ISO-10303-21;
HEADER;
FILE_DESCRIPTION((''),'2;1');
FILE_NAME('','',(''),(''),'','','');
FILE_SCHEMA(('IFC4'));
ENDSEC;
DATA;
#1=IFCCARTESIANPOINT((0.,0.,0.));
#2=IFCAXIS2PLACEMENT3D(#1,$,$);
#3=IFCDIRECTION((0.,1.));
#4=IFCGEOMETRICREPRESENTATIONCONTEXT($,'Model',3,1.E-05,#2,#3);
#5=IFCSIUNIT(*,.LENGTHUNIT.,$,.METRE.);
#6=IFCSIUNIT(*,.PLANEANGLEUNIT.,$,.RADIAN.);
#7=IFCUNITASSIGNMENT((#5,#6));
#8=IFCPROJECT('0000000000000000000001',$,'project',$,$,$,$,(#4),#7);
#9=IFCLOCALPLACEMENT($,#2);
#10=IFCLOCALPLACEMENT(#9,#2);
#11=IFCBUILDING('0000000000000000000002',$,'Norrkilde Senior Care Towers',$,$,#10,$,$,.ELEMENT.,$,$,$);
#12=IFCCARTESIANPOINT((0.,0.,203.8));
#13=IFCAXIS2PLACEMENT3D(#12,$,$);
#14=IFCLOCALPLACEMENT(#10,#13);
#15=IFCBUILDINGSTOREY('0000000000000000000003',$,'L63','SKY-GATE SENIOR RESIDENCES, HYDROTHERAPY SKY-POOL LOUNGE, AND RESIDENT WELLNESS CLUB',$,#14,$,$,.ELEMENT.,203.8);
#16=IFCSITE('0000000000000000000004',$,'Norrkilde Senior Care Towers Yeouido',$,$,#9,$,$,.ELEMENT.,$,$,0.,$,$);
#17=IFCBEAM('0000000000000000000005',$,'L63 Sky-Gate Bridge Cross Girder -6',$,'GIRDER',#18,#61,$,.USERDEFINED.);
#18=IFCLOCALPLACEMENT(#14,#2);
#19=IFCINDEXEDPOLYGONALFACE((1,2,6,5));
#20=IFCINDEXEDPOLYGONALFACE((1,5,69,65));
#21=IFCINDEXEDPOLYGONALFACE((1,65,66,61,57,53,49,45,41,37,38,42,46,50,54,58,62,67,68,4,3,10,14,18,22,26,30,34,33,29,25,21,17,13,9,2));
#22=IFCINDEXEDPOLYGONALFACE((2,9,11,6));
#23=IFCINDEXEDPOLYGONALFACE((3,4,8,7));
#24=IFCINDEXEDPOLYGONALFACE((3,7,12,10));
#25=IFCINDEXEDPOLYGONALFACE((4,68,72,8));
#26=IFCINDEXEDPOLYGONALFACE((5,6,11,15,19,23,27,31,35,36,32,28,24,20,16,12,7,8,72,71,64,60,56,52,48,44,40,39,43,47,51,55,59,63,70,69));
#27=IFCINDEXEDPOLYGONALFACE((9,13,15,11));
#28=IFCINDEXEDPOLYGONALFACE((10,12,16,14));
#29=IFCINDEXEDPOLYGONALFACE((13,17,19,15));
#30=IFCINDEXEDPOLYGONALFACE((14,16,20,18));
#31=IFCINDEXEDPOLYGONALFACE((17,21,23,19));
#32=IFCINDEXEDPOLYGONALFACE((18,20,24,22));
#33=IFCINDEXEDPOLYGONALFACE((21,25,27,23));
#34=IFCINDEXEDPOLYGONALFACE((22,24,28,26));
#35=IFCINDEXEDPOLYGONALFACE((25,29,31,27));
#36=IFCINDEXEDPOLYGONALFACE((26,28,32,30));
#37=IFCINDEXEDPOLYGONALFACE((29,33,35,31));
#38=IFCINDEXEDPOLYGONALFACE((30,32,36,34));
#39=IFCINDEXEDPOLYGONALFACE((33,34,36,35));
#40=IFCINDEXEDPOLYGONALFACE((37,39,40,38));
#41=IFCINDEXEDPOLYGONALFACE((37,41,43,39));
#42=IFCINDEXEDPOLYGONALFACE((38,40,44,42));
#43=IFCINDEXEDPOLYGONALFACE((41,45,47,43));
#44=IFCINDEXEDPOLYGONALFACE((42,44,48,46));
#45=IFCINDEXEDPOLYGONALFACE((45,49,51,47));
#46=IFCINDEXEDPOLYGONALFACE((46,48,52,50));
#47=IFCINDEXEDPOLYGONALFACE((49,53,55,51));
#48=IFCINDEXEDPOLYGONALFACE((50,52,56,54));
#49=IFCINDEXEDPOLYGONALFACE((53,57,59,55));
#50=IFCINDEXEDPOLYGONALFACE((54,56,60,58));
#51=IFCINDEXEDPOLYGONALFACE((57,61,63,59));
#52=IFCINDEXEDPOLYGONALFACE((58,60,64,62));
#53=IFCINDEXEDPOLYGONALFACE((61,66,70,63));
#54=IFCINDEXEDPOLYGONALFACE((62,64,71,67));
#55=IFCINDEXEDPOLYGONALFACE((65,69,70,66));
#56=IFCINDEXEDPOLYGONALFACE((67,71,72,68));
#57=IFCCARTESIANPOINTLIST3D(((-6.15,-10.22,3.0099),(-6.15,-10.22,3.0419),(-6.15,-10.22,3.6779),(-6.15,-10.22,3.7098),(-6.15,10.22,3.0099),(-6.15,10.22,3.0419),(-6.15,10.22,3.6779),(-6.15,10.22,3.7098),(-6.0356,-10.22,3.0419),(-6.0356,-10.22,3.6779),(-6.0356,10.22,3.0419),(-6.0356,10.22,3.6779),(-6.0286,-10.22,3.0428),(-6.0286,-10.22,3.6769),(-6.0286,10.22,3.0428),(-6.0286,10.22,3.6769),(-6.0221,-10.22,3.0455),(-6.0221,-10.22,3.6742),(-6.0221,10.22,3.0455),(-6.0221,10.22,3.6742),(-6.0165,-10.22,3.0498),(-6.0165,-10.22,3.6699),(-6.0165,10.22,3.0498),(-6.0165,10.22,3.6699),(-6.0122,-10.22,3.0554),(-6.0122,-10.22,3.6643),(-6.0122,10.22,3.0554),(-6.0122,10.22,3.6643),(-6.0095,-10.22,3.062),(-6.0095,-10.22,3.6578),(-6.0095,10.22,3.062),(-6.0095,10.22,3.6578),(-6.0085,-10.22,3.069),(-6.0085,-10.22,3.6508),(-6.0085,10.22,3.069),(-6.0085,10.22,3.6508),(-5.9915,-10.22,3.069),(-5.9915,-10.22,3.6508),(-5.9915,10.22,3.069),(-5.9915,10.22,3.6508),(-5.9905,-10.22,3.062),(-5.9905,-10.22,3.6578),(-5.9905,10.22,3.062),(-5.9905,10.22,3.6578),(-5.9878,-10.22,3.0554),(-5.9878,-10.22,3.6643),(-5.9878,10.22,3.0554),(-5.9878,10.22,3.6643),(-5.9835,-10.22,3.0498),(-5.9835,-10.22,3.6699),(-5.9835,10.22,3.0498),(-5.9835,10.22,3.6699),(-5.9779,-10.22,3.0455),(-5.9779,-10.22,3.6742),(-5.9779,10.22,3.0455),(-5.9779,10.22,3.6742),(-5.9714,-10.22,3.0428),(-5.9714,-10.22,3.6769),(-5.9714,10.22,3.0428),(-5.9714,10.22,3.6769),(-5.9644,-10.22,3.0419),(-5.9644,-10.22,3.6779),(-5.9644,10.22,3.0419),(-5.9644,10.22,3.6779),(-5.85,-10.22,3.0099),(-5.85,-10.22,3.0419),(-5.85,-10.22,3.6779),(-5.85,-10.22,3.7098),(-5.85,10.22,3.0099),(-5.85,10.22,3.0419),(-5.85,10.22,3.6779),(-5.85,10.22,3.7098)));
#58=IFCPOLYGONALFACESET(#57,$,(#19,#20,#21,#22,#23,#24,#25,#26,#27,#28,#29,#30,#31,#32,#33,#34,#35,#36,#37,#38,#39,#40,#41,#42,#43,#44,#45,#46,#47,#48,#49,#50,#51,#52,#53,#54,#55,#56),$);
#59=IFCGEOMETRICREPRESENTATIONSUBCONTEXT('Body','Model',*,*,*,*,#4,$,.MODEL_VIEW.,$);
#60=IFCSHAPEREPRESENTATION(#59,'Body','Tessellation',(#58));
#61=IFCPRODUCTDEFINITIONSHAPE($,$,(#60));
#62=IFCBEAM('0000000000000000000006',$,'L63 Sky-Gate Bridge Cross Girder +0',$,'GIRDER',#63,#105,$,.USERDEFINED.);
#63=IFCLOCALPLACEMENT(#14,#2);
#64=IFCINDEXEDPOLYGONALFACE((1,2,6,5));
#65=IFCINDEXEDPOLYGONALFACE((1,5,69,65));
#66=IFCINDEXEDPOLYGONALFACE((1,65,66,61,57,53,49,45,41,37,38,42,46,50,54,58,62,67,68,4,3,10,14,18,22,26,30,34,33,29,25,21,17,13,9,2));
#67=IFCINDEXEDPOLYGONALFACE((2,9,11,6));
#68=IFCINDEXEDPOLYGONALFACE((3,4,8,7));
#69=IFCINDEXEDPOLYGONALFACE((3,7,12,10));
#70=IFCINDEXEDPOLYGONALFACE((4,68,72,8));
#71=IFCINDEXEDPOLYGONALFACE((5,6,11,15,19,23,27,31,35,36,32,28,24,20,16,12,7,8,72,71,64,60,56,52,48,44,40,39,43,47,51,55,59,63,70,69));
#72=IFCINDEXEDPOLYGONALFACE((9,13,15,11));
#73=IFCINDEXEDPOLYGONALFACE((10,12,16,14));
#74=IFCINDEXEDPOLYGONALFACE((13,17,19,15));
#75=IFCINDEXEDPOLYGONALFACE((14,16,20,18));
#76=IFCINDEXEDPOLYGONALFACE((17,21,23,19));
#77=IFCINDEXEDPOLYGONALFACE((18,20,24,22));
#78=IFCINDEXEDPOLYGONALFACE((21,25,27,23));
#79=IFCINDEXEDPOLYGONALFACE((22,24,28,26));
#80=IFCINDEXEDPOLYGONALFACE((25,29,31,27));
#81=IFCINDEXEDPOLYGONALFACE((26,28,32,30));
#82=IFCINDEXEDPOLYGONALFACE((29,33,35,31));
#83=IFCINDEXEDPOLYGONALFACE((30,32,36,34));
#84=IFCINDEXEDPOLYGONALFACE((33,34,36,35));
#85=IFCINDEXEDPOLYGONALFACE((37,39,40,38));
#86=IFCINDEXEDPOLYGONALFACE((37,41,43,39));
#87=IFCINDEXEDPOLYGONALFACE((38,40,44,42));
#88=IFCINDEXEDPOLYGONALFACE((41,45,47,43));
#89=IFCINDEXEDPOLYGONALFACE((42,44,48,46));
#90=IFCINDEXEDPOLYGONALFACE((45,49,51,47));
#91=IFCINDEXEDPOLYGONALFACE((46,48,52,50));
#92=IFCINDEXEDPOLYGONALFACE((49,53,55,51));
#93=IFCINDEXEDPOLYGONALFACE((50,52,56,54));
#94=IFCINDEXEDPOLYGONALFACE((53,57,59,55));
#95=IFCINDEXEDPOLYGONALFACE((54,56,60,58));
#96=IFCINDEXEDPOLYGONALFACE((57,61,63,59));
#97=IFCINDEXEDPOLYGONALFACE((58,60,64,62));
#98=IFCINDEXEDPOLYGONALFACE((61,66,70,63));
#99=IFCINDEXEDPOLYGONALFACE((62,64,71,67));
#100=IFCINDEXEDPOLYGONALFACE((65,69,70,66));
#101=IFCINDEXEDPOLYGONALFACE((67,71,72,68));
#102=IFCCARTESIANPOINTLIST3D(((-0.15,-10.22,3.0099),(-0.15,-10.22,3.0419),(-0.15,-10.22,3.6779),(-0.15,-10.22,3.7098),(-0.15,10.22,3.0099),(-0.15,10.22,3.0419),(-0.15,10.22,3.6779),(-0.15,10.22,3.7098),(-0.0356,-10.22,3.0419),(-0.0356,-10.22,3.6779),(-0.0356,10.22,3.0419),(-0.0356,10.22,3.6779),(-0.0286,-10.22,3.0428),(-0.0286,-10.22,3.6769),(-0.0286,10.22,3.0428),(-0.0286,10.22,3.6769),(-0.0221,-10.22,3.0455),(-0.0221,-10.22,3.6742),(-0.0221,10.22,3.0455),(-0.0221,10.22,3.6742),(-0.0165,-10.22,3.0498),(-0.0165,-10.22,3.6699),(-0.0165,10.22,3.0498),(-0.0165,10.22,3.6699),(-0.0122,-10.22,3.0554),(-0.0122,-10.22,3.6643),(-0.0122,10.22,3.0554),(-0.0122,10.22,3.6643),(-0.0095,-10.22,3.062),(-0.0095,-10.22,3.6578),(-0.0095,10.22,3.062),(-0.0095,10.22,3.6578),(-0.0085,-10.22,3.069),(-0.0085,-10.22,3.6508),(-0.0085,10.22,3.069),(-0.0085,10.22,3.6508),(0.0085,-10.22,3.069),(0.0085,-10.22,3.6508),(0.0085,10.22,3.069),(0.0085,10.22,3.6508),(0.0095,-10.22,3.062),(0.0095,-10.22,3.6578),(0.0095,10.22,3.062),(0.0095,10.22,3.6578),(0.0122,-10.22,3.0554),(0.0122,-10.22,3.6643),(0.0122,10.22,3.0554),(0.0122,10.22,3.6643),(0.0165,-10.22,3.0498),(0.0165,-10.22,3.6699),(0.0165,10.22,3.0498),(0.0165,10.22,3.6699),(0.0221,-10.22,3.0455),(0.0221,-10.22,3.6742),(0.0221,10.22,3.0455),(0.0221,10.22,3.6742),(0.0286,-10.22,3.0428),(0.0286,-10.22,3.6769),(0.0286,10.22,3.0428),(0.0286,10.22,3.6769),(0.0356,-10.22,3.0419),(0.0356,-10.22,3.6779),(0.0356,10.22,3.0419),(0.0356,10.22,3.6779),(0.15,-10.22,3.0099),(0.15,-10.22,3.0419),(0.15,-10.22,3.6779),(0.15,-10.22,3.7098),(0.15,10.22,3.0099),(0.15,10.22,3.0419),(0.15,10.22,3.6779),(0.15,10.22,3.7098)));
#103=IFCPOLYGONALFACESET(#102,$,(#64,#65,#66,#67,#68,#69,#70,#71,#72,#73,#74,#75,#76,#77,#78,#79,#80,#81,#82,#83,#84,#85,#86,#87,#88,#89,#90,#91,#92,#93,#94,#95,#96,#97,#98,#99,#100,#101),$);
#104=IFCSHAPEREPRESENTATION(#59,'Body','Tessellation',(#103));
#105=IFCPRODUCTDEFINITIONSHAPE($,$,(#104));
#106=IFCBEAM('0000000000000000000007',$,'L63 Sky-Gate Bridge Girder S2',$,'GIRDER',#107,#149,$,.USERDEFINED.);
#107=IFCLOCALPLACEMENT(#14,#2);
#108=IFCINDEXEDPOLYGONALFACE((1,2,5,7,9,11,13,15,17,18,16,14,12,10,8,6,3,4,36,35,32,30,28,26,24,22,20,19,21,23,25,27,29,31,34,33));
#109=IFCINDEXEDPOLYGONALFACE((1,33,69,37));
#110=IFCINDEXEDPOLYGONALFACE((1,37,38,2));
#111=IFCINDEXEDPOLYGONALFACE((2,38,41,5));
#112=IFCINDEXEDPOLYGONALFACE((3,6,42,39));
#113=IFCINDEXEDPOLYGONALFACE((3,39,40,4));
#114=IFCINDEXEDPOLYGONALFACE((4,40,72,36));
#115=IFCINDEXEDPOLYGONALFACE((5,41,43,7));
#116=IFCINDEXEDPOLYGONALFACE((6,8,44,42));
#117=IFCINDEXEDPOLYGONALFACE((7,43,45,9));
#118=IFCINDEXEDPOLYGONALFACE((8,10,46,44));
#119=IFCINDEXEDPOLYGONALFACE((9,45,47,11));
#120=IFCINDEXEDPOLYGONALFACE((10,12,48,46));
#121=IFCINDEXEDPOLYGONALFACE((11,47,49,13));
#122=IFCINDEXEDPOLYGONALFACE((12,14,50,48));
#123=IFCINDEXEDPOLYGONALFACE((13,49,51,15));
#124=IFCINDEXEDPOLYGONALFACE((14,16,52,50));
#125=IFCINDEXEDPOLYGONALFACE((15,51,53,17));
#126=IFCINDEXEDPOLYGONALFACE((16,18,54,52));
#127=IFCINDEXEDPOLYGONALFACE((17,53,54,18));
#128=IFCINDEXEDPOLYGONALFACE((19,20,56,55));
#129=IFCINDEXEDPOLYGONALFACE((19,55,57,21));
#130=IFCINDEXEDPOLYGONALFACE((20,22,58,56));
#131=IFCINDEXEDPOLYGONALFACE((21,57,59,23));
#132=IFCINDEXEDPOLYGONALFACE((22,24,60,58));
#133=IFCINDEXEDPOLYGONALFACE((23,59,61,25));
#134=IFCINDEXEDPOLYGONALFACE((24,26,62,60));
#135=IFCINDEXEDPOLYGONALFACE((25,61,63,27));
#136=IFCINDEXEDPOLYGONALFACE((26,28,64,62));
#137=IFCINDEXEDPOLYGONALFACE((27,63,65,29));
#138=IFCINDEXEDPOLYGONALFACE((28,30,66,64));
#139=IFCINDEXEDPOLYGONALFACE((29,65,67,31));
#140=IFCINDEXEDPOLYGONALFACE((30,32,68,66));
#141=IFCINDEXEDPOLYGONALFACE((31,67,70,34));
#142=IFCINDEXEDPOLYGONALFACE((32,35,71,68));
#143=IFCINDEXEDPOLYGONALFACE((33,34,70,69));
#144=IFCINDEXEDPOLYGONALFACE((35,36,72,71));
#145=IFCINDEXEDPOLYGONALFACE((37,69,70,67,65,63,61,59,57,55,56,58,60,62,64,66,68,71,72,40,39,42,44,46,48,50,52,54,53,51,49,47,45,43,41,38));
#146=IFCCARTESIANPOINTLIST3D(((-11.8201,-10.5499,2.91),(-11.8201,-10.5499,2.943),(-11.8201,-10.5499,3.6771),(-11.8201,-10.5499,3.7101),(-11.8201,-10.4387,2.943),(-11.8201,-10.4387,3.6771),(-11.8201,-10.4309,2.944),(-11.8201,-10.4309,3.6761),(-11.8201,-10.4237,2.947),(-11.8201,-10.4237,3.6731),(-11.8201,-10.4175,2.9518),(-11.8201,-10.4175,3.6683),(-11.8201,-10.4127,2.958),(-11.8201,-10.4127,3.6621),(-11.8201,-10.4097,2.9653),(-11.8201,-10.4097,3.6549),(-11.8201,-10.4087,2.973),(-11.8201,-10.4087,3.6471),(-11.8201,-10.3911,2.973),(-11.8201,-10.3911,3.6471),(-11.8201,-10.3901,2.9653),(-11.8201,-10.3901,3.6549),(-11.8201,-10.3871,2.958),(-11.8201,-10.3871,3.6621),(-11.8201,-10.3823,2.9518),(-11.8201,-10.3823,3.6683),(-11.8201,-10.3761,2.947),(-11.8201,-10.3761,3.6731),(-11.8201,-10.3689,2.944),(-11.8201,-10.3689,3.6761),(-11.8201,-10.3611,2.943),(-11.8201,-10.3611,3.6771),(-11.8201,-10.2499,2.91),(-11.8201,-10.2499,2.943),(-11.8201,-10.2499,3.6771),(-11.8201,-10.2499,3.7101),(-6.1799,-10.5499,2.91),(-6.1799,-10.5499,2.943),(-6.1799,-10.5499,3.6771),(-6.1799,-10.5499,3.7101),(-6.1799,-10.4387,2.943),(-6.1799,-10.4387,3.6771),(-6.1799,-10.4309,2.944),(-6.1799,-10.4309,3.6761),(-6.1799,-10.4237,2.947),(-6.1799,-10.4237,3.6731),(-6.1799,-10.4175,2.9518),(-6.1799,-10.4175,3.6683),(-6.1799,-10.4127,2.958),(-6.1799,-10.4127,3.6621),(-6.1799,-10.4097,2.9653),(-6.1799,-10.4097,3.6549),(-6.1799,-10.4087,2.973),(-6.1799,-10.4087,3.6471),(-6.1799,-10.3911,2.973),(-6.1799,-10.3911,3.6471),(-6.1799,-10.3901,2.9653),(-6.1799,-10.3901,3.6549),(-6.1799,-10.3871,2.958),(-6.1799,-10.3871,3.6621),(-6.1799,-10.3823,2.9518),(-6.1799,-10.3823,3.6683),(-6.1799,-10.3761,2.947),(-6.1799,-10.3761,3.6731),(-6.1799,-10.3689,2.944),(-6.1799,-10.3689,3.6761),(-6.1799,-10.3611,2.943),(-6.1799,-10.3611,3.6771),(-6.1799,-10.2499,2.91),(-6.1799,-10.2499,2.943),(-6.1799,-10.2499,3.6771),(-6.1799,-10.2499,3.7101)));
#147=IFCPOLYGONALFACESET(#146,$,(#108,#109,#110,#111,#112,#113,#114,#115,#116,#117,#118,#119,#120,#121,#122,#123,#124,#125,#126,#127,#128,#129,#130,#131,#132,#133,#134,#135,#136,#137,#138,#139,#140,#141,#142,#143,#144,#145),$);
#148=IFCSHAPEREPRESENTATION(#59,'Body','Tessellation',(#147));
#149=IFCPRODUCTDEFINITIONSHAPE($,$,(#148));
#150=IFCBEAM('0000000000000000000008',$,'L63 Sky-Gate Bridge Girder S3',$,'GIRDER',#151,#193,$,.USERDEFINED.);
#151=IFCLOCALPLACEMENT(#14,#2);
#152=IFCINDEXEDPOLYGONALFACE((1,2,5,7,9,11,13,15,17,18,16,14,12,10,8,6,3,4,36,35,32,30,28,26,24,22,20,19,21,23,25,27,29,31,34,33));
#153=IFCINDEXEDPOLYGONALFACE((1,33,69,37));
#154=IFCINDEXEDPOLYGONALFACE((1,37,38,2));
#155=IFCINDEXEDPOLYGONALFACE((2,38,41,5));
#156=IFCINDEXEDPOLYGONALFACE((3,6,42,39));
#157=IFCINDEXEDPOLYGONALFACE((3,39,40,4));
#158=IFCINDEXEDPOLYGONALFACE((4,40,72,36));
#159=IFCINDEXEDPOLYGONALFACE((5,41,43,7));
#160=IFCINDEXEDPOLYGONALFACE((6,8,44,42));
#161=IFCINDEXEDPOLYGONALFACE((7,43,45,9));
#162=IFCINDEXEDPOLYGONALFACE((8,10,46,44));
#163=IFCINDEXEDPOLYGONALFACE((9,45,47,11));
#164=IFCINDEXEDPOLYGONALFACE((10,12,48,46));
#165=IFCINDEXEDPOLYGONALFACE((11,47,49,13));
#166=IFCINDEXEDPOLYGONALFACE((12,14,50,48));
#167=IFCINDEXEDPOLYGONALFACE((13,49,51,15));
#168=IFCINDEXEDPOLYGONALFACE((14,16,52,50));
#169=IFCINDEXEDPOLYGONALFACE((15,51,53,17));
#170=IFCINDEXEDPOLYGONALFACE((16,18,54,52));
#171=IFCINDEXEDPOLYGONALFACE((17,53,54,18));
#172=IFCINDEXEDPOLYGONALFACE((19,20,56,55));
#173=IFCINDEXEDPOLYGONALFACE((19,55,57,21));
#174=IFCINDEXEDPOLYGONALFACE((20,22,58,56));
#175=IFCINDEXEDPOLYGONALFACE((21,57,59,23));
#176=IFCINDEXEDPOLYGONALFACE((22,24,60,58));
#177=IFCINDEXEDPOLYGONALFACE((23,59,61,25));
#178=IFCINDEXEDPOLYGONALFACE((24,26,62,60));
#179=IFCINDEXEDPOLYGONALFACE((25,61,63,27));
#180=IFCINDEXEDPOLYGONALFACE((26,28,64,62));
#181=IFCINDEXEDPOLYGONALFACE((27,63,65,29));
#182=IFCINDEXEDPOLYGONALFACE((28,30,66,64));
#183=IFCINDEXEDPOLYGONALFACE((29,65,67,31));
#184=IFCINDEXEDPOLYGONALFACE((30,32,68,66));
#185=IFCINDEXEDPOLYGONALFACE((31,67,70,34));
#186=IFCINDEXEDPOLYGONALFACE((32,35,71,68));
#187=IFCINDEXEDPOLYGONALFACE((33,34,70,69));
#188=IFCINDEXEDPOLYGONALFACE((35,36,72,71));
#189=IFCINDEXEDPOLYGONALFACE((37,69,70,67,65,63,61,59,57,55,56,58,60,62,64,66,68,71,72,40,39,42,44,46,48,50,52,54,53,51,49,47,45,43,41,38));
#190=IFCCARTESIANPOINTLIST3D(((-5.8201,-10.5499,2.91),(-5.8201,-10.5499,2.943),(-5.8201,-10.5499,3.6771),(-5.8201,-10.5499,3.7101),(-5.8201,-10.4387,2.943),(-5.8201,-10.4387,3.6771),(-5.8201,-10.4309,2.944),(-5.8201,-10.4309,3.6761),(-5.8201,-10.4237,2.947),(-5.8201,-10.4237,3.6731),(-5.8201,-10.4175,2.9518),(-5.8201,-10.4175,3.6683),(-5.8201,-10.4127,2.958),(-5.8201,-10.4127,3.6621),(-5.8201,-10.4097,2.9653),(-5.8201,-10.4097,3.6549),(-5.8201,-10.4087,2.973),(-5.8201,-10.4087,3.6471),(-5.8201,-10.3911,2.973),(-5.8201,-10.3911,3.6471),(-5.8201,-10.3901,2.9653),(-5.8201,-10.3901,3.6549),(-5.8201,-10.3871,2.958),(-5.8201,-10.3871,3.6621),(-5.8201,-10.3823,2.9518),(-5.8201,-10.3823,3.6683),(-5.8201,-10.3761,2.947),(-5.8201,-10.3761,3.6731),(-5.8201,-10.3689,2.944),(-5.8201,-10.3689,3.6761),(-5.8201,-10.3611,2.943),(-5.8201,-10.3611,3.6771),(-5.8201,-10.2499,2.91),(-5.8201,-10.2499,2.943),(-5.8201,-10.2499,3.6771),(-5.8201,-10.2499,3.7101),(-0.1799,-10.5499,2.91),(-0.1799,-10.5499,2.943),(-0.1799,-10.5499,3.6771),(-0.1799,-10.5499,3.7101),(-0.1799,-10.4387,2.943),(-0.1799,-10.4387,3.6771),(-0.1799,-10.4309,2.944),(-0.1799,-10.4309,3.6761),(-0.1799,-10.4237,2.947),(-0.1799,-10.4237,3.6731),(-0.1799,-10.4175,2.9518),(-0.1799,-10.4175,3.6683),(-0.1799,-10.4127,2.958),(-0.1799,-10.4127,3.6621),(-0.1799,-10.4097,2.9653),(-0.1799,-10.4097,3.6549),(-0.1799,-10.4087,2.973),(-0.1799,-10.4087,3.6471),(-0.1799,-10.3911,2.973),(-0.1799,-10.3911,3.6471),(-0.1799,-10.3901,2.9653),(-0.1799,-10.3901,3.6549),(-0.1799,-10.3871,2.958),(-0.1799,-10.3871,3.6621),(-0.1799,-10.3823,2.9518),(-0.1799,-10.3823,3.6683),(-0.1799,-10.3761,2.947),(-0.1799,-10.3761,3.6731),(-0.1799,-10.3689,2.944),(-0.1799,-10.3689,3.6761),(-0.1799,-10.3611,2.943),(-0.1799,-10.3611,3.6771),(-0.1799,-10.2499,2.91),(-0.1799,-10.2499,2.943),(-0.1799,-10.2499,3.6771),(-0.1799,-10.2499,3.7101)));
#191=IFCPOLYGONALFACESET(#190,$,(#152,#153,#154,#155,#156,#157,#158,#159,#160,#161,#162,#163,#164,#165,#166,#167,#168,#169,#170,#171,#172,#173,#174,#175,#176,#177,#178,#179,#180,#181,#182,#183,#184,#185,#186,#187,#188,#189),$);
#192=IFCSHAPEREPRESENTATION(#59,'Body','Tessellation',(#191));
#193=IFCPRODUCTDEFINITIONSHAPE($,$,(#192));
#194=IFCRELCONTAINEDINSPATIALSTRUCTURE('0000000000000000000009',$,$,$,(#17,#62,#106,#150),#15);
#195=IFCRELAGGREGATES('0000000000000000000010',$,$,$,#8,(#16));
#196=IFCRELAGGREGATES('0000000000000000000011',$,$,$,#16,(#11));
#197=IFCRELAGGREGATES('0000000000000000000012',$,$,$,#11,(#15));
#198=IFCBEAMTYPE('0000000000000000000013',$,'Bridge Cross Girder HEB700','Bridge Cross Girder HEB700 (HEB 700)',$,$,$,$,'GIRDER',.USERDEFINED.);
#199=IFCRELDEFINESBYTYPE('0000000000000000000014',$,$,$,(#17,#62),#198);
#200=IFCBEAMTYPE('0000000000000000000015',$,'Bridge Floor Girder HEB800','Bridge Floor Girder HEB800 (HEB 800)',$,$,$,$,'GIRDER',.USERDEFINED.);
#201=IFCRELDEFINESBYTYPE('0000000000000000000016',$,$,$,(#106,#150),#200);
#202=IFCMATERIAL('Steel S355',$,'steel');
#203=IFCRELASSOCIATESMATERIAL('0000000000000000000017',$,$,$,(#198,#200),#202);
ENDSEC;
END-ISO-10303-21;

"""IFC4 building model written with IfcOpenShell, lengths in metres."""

from ifc_helpers import new_model, si_unit, direction, frame, origin, origin_2d, place, context, subcontext, project, spatial, i_section, extrude, source, transform, mapped, material, material_profile, profile_set, type_object, type_shapes, element, save


model = new_model("IFC4")

# Units and contexts
model_context = context("Model", 3, precision=1e-05, world=origin(), true_north=direction((0.0, 1.0)))
body_context = subcontext(model_context, "Body", "Model", "MODEL_VIEW")
ifc_project = project(units=[si_unit("LENGTHUNIT", "METRE"), si_unit("PLANEANGLEUNIT", "RADIAN")], contexts=[model_context])

# Site, building, storey
site_placement = place(None, origin())
site = spatial("IfcSite", under=ifc_project, at=site_placement, Name="Norrkilde Senior Care Towers Yeouido", CompositionType="ELEMENT", RefElevation=0.0)
building_placement = place(site_placement, origin())
building = spatial("IfcBuilding", under=site, at=building_placement, Name="Norrkilde Senior Care Towers", CompositionType="ELEMENT")
storey_placement = place(building_placement, frame((0.0, 0.0, 203.8)))
storey = spatial("IfcBuildingStorey", under=building, at=storey_placement, Name="L63", Description="SKY-GATE SENIOR RESIDENCES, HYDROTHERAPY SKY-POOL LOUNGE, AND RESIDENT WELLNESS CLUB", CompositionType="ELEMENT", Elevation=203.8)

# Shared definitions
ifc_material_1 = material(Name="Steel S355", Category="steel")

# Beams
ifc_material_profile_1 = material_profile(ifc_material_1, i_section(OverallWidth=0.3, OverallDepth=0.7, WebThickness=0.0171, FlangeThickness=0.032, FilletRadius=0.0271, at=origin_2d()), Name="HEB 700")
ifc_profile_set_1 = profile_set([ifc_material_profile_1], Name="Steel S355")
beam_type_1 = type_object("IfcBeamType", Name="Bridge Cross Girder HEB700", Description="Bridge Cross Girder HEB700 (HEB 700)", ElementType="GIRDER", PredefinedType="USERDEFINED", material=ifc_profile_set_1)
shared_shape_1 = source(origin(), body_context, "Body", "SweptSolid", [
    extrude(i_section(OverallWidth=0.3, OverallDepth=0.7, WebThickness=0.0171, FlangeThickness=0.032, FilletRadius=0.0271, at=origin_2d()), origin(), (0.0, 0.0, 1.0), 20.4399),
])
for number, where, z_axis, x_axis, name in (
    (1, (-6.0, -10.22, 3.3599), (0.0, 1.0, 0.0), (-1.0, 0.0, 0.0), "L63 Sky-Gate Bridge Cross Girder -6"),
    (2, (0.0, -10.22, 3.3599), (0.0, 1.0, 0.0), (-1.0, 0.0, 0.0), "L63 Sky-Gate Bridge Cross Girder +0"),
):
    element("IfcBeam", number, at=place(storey_placement, frame(where, z_axis=z_axis, x_axis=x_axis)), inside=storey, type_object=beam_type_1, Name=name, ObjectType="GIRDER", PredefinedType="USERDEFINED", context=body_context, shape_type="MappedRepresentation", body=[
        mapped(shared_shape_1, transform((0.0, 0.0, 0.0), x_axis=(1.0, 0.0, 0.0), y_axis=(0.0, 1.0, 0.0), z_axis=(0.0, 0.0, 1.0), scale=1.0)),
    ])
ifc_material_profile_2 = material_profile(ifc_material_1, i_section(OverallWidth=0.3, OverallDepth=0.8, WebThickness=0.0176, FlangeThickness=0.033, FilletRadius=0.03, at=origin_2d()), Name="HEB 800")
ifc_profile_set_2 = profile_set([ifc_material_profile_2], Name="Steel S355")
beam_type_2 = type_object("IfcBeamType", Name="Bridge Floor Girder HEB800", Description="Bridge Floor Girder HEB800 (HEB 800)", ElementType="GIRDER", PredefinedType="USERDEFINED", material=ifc_profile_set_2)
shared_shape_2 = source(origin(), body_context, "Body", "SweptSolid", [
    extrude(i_section(OverallWidth=0.3, OverallDepth=0.8, WebThickness=0.0176, FlangeThickness=0.033, FilletRadius=0.03, at=origin_2d()), origin(), (0.0, 0.0, 1.0), 5.6401),
])
type_shapes(beam_type_2, [shared_shape_2])
for number, where, z_axis, x_axis, name in (
    (3, (-11.8201, -10.3999, 3.3101), (1.0, 0.0, 0.0), (0.0, 1.0, 0.0), "L63 Sky-Gate Bridge Girder S2"),
    (4, (-5.8201, -10.3999, 3.3101), (1.0, 0.0, 0.0), (0.0, 1.0, 0.0), "L63 Sky-Gate Bridge Girder S3"),
):
    element("IfcBeam", number, at=place(storey_placement, frame(where, z_axis=z_axis, x_axis=x_axis)), inside=storey, type_object=beam_type_2, Name=name, ObjectType="GIRDER", PredefinedType="USERDEFINED", context=body_context, shape_type="MappedRepresentation", body=[
        mapped(shared_shape_2, transform((0.0, 0.0, 0.0), x_axis=(1.0, 0.0, 0.0), y_axis=(0.0, 1.0, 0.0), z_axis=(0.0, 0.0, 1.0), scale=1.0)),
    ])

save(model, "model.ifc")
